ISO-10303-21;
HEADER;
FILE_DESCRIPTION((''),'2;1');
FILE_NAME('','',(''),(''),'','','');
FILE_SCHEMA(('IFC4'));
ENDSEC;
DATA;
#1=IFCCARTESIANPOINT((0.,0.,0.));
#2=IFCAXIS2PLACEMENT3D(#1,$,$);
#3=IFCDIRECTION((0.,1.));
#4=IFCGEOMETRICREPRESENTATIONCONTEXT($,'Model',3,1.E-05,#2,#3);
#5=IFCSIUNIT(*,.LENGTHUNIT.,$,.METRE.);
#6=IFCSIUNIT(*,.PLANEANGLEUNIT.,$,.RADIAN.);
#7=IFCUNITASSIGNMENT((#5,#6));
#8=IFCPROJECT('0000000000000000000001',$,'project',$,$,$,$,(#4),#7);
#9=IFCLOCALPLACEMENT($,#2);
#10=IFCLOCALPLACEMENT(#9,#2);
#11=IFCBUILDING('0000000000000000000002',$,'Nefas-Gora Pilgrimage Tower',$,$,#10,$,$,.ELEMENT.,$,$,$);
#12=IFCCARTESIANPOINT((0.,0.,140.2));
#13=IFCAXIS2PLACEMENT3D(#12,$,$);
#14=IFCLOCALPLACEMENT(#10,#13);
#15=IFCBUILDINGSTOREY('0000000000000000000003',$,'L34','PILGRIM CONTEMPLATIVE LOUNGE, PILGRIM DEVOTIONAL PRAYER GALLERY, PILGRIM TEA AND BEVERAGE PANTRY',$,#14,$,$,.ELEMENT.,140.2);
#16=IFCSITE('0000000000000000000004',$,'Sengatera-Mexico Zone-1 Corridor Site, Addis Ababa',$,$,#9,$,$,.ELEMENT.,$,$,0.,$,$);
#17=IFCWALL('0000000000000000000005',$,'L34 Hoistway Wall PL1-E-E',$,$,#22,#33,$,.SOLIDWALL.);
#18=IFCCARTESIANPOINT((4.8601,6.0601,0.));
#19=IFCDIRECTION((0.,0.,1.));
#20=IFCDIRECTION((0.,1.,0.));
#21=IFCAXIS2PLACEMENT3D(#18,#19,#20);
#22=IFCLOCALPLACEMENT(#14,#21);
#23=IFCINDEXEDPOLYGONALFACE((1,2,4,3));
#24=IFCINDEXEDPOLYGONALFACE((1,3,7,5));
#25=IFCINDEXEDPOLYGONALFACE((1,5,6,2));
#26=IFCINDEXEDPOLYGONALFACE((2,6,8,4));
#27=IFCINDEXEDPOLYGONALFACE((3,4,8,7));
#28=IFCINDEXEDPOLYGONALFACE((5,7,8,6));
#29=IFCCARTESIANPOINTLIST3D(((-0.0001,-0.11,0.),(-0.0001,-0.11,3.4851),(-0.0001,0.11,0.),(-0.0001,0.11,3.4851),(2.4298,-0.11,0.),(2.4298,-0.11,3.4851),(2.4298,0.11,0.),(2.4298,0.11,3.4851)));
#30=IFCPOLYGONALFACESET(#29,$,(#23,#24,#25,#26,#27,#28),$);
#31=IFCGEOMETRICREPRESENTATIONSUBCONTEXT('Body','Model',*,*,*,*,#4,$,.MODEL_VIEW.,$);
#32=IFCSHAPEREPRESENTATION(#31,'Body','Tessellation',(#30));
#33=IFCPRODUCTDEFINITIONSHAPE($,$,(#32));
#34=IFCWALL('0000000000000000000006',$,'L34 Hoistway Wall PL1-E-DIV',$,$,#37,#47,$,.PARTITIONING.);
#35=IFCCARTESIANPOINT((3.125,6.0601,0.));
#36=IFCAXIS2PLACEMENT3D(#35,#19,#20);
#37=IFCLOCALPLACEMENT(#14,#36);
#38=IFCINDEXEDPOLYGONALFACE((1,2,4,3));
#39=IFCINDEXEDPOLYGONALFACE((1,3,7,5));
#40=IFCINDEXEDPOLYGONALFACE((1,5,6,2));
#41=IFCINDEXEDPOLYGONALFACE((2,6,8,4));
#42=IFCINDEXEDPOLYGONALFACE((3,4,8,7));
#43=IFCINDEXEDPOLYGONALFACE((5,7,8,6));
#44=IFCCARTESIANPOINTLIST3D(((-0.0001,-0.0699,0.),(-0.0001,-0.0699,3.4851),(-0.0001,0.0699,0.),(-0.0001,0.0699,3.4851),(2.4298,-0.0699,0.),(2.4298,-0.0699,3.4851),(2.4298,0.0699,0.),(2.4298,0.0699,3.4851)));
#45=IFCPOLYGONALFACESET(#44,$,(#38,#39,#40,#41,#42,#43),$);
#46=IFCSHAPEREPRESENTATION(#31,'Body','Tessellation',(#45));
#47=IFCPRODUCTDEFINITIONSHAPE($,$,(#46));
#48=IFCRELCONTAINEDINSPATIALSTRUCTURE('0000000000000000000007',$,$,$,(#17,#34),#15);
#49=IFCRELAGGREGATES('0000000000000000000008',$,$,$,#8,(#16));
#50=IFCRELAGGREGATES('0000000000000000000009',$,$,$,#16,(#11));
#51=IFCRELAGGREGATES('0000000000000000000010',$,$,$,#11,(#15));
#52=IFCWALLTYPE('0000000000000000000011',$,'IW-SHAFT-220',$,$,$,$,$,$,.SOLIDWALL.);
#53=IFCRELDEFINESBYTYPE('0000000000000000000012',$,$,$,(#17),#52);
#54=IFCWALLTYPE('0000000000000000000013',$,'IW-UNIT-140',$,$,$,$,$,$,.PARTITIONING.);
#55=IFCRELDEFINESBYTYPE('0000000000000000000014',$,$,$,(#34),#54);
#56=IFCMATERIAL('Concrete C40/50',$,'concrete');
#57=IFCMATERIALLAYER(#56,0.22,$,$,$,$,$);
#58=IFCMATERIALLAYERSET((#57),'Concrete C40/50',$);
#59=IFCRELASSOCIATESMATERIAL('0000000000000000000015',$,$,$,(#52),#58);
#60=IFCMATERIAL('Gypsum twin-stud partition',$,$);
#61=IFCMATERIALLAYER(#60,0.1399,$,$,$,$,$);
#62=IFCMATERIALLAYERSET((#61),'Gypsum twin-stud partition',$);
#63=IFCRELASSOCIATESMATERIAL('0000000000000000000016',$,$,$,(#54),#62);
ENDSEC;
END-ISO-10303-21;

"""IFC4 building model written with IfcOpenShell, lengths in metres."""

from ifc_helpers import new_model, si_unit, direction, frame, frame_2d, origin, place, context, subcontext, project, spatial, rectangle, extrude, source, transform, mapped, material, layer, layer_set, type_object, element, save


model = new_model("IFC4")

# Units and contexts
model_context = context("Model", 3, precision=1e-05, world=origin(), true_north=direction((0.0, 1.0)))
body_context = subcontext(model_context, "Body", "Model", "MODEL_VIEW")
ifc_project = project(units=[si_unit("LENGTHUNIT", "METRE"), si_unit("PLANEANGLEUNIT", "RADIAN")], contexts=[model_context])

# Site, building, storey
site_placement = place(None, origin())
site = spatial("IfcSite", under=ifc_project, at=site_placement, Name="Sengatera-Mexico Zone-1 Corridor Site, Addis Ababa", CompositionType="ELEMENT", RefElevation=0.0)
building_placement = place(site_placement, origin())
building = spatial("IfcBuilding", under=site, at=building_placement, Name="Nefas-Gora Pilgrimage Tower", CompositionType="ELEMENT")
storey_placement = place(building_placement, frame((0.0, 0.0, 140.2)))
storey = spatial("IfcBuildingStorey", under=building, at=storey_placement, Name="L34", Description="PILGRIM CONTEMPLATIVE LOUNGE, PILGRIM DEVOTIONAL PRAYER GALLERY, PILGRIM TEA AND BEVERAGE PANTRY", CompositionType="ELEMENT", Elevation=140.2)

# Shared definitions
ifc_material_1 = material(Name="Concrete C40/50", Category="concrete")
ifc_layer_1 = layer(ifc_material_1, 0.22)
ifc_layer_set_1 = layer_set([ifc_layer_1], Name="Concrete C40/50")
wall_type_1 = type_object("IfcWallType", Name="IW-SHAFT-220", PredefinedType="SOLIDWALL", material=ifc_layer_set_1)

# Walls
shared_shape_1 = source(origin(), body_context, "Body", "SweptSolid", [
    extrude(rectangle(XDim=2.4299, YDim=0.22, at=frame_2d((1.2148, 0.0))), origin(), (0.0, 0.0, 1.0), 3.4851),
])
wall_1_placement = place(storey_placement, frame((4.8601, 6.0601, 0.0), z_axis=(0.0, 0.0, 1.0), x_axis=(0.0, 1.0, 0.0)))
element("IfcWall", 1, at=wall_1_placement, inside=storey, type_object=wall_type_1, Name="L34 Hoistway Wall PL1-E-E", PredefinedType="SOLIDWALL", context=body_context, shape_type="MappedRepresentation", body=[
    mapped(shared_shape_1, transform((0.0, 0.0, 0.0), x_axis=(1.0, 0.0, 0.0), y_axis=(0.0, 1.0, 0.0), z_axis=(0.0, 0.0, 1.0), scale=1.0)),
])
ifc_material_2 = material(Name="Gypsum twin-stud partition")
ifc_layer_2 = layer(ifc_material_2, 0.1399)
ifc_layer_set_2 = layer_set([ifc_layer_2], Name="Gypsum twin-stud partition")
wall_type_2 = type_object("IfcWallType", Name="IW-UNIT-140", PredefinedType="PARTITIONING", material=ifc_layer_set_2)
shared_shape_2 = source(origin(), body_context, "Body", "SweptSolid", [
    extrude(rectangle(XDim=2.4299, YDim=0.1399, at=frame_2d((1.2148, 0.0))), origin(), (0.0, 0.0, 1.0), 3.4851),
])
wall_2_placement = place(storey_placement, frame((3.125, 6.0601, 0.0), z_axis=(0.0, 0.0, 1.0), x_axis=(0.0, 1.0, 0.0)))
element("IfcWall", 2, at=wall_2_placement, inside=storey, type_object=wall_type_2, Name="L34 Hoistway Wall PL1-E-DIV", PredefinedType="PARTITIONING", context=body_context, shape_type="MappedRepresentation", body=[
    mapped(shared_shape_2, transform((0.0, 0.0, 0.0), x_axis=(1.0, 0.0, 0.0), y_axis=(0.0, 1.0, 0.0), z_axis=(0.0, 0.0, 1.0), scale=1.0)),
])

save(model, "model.ifc")
